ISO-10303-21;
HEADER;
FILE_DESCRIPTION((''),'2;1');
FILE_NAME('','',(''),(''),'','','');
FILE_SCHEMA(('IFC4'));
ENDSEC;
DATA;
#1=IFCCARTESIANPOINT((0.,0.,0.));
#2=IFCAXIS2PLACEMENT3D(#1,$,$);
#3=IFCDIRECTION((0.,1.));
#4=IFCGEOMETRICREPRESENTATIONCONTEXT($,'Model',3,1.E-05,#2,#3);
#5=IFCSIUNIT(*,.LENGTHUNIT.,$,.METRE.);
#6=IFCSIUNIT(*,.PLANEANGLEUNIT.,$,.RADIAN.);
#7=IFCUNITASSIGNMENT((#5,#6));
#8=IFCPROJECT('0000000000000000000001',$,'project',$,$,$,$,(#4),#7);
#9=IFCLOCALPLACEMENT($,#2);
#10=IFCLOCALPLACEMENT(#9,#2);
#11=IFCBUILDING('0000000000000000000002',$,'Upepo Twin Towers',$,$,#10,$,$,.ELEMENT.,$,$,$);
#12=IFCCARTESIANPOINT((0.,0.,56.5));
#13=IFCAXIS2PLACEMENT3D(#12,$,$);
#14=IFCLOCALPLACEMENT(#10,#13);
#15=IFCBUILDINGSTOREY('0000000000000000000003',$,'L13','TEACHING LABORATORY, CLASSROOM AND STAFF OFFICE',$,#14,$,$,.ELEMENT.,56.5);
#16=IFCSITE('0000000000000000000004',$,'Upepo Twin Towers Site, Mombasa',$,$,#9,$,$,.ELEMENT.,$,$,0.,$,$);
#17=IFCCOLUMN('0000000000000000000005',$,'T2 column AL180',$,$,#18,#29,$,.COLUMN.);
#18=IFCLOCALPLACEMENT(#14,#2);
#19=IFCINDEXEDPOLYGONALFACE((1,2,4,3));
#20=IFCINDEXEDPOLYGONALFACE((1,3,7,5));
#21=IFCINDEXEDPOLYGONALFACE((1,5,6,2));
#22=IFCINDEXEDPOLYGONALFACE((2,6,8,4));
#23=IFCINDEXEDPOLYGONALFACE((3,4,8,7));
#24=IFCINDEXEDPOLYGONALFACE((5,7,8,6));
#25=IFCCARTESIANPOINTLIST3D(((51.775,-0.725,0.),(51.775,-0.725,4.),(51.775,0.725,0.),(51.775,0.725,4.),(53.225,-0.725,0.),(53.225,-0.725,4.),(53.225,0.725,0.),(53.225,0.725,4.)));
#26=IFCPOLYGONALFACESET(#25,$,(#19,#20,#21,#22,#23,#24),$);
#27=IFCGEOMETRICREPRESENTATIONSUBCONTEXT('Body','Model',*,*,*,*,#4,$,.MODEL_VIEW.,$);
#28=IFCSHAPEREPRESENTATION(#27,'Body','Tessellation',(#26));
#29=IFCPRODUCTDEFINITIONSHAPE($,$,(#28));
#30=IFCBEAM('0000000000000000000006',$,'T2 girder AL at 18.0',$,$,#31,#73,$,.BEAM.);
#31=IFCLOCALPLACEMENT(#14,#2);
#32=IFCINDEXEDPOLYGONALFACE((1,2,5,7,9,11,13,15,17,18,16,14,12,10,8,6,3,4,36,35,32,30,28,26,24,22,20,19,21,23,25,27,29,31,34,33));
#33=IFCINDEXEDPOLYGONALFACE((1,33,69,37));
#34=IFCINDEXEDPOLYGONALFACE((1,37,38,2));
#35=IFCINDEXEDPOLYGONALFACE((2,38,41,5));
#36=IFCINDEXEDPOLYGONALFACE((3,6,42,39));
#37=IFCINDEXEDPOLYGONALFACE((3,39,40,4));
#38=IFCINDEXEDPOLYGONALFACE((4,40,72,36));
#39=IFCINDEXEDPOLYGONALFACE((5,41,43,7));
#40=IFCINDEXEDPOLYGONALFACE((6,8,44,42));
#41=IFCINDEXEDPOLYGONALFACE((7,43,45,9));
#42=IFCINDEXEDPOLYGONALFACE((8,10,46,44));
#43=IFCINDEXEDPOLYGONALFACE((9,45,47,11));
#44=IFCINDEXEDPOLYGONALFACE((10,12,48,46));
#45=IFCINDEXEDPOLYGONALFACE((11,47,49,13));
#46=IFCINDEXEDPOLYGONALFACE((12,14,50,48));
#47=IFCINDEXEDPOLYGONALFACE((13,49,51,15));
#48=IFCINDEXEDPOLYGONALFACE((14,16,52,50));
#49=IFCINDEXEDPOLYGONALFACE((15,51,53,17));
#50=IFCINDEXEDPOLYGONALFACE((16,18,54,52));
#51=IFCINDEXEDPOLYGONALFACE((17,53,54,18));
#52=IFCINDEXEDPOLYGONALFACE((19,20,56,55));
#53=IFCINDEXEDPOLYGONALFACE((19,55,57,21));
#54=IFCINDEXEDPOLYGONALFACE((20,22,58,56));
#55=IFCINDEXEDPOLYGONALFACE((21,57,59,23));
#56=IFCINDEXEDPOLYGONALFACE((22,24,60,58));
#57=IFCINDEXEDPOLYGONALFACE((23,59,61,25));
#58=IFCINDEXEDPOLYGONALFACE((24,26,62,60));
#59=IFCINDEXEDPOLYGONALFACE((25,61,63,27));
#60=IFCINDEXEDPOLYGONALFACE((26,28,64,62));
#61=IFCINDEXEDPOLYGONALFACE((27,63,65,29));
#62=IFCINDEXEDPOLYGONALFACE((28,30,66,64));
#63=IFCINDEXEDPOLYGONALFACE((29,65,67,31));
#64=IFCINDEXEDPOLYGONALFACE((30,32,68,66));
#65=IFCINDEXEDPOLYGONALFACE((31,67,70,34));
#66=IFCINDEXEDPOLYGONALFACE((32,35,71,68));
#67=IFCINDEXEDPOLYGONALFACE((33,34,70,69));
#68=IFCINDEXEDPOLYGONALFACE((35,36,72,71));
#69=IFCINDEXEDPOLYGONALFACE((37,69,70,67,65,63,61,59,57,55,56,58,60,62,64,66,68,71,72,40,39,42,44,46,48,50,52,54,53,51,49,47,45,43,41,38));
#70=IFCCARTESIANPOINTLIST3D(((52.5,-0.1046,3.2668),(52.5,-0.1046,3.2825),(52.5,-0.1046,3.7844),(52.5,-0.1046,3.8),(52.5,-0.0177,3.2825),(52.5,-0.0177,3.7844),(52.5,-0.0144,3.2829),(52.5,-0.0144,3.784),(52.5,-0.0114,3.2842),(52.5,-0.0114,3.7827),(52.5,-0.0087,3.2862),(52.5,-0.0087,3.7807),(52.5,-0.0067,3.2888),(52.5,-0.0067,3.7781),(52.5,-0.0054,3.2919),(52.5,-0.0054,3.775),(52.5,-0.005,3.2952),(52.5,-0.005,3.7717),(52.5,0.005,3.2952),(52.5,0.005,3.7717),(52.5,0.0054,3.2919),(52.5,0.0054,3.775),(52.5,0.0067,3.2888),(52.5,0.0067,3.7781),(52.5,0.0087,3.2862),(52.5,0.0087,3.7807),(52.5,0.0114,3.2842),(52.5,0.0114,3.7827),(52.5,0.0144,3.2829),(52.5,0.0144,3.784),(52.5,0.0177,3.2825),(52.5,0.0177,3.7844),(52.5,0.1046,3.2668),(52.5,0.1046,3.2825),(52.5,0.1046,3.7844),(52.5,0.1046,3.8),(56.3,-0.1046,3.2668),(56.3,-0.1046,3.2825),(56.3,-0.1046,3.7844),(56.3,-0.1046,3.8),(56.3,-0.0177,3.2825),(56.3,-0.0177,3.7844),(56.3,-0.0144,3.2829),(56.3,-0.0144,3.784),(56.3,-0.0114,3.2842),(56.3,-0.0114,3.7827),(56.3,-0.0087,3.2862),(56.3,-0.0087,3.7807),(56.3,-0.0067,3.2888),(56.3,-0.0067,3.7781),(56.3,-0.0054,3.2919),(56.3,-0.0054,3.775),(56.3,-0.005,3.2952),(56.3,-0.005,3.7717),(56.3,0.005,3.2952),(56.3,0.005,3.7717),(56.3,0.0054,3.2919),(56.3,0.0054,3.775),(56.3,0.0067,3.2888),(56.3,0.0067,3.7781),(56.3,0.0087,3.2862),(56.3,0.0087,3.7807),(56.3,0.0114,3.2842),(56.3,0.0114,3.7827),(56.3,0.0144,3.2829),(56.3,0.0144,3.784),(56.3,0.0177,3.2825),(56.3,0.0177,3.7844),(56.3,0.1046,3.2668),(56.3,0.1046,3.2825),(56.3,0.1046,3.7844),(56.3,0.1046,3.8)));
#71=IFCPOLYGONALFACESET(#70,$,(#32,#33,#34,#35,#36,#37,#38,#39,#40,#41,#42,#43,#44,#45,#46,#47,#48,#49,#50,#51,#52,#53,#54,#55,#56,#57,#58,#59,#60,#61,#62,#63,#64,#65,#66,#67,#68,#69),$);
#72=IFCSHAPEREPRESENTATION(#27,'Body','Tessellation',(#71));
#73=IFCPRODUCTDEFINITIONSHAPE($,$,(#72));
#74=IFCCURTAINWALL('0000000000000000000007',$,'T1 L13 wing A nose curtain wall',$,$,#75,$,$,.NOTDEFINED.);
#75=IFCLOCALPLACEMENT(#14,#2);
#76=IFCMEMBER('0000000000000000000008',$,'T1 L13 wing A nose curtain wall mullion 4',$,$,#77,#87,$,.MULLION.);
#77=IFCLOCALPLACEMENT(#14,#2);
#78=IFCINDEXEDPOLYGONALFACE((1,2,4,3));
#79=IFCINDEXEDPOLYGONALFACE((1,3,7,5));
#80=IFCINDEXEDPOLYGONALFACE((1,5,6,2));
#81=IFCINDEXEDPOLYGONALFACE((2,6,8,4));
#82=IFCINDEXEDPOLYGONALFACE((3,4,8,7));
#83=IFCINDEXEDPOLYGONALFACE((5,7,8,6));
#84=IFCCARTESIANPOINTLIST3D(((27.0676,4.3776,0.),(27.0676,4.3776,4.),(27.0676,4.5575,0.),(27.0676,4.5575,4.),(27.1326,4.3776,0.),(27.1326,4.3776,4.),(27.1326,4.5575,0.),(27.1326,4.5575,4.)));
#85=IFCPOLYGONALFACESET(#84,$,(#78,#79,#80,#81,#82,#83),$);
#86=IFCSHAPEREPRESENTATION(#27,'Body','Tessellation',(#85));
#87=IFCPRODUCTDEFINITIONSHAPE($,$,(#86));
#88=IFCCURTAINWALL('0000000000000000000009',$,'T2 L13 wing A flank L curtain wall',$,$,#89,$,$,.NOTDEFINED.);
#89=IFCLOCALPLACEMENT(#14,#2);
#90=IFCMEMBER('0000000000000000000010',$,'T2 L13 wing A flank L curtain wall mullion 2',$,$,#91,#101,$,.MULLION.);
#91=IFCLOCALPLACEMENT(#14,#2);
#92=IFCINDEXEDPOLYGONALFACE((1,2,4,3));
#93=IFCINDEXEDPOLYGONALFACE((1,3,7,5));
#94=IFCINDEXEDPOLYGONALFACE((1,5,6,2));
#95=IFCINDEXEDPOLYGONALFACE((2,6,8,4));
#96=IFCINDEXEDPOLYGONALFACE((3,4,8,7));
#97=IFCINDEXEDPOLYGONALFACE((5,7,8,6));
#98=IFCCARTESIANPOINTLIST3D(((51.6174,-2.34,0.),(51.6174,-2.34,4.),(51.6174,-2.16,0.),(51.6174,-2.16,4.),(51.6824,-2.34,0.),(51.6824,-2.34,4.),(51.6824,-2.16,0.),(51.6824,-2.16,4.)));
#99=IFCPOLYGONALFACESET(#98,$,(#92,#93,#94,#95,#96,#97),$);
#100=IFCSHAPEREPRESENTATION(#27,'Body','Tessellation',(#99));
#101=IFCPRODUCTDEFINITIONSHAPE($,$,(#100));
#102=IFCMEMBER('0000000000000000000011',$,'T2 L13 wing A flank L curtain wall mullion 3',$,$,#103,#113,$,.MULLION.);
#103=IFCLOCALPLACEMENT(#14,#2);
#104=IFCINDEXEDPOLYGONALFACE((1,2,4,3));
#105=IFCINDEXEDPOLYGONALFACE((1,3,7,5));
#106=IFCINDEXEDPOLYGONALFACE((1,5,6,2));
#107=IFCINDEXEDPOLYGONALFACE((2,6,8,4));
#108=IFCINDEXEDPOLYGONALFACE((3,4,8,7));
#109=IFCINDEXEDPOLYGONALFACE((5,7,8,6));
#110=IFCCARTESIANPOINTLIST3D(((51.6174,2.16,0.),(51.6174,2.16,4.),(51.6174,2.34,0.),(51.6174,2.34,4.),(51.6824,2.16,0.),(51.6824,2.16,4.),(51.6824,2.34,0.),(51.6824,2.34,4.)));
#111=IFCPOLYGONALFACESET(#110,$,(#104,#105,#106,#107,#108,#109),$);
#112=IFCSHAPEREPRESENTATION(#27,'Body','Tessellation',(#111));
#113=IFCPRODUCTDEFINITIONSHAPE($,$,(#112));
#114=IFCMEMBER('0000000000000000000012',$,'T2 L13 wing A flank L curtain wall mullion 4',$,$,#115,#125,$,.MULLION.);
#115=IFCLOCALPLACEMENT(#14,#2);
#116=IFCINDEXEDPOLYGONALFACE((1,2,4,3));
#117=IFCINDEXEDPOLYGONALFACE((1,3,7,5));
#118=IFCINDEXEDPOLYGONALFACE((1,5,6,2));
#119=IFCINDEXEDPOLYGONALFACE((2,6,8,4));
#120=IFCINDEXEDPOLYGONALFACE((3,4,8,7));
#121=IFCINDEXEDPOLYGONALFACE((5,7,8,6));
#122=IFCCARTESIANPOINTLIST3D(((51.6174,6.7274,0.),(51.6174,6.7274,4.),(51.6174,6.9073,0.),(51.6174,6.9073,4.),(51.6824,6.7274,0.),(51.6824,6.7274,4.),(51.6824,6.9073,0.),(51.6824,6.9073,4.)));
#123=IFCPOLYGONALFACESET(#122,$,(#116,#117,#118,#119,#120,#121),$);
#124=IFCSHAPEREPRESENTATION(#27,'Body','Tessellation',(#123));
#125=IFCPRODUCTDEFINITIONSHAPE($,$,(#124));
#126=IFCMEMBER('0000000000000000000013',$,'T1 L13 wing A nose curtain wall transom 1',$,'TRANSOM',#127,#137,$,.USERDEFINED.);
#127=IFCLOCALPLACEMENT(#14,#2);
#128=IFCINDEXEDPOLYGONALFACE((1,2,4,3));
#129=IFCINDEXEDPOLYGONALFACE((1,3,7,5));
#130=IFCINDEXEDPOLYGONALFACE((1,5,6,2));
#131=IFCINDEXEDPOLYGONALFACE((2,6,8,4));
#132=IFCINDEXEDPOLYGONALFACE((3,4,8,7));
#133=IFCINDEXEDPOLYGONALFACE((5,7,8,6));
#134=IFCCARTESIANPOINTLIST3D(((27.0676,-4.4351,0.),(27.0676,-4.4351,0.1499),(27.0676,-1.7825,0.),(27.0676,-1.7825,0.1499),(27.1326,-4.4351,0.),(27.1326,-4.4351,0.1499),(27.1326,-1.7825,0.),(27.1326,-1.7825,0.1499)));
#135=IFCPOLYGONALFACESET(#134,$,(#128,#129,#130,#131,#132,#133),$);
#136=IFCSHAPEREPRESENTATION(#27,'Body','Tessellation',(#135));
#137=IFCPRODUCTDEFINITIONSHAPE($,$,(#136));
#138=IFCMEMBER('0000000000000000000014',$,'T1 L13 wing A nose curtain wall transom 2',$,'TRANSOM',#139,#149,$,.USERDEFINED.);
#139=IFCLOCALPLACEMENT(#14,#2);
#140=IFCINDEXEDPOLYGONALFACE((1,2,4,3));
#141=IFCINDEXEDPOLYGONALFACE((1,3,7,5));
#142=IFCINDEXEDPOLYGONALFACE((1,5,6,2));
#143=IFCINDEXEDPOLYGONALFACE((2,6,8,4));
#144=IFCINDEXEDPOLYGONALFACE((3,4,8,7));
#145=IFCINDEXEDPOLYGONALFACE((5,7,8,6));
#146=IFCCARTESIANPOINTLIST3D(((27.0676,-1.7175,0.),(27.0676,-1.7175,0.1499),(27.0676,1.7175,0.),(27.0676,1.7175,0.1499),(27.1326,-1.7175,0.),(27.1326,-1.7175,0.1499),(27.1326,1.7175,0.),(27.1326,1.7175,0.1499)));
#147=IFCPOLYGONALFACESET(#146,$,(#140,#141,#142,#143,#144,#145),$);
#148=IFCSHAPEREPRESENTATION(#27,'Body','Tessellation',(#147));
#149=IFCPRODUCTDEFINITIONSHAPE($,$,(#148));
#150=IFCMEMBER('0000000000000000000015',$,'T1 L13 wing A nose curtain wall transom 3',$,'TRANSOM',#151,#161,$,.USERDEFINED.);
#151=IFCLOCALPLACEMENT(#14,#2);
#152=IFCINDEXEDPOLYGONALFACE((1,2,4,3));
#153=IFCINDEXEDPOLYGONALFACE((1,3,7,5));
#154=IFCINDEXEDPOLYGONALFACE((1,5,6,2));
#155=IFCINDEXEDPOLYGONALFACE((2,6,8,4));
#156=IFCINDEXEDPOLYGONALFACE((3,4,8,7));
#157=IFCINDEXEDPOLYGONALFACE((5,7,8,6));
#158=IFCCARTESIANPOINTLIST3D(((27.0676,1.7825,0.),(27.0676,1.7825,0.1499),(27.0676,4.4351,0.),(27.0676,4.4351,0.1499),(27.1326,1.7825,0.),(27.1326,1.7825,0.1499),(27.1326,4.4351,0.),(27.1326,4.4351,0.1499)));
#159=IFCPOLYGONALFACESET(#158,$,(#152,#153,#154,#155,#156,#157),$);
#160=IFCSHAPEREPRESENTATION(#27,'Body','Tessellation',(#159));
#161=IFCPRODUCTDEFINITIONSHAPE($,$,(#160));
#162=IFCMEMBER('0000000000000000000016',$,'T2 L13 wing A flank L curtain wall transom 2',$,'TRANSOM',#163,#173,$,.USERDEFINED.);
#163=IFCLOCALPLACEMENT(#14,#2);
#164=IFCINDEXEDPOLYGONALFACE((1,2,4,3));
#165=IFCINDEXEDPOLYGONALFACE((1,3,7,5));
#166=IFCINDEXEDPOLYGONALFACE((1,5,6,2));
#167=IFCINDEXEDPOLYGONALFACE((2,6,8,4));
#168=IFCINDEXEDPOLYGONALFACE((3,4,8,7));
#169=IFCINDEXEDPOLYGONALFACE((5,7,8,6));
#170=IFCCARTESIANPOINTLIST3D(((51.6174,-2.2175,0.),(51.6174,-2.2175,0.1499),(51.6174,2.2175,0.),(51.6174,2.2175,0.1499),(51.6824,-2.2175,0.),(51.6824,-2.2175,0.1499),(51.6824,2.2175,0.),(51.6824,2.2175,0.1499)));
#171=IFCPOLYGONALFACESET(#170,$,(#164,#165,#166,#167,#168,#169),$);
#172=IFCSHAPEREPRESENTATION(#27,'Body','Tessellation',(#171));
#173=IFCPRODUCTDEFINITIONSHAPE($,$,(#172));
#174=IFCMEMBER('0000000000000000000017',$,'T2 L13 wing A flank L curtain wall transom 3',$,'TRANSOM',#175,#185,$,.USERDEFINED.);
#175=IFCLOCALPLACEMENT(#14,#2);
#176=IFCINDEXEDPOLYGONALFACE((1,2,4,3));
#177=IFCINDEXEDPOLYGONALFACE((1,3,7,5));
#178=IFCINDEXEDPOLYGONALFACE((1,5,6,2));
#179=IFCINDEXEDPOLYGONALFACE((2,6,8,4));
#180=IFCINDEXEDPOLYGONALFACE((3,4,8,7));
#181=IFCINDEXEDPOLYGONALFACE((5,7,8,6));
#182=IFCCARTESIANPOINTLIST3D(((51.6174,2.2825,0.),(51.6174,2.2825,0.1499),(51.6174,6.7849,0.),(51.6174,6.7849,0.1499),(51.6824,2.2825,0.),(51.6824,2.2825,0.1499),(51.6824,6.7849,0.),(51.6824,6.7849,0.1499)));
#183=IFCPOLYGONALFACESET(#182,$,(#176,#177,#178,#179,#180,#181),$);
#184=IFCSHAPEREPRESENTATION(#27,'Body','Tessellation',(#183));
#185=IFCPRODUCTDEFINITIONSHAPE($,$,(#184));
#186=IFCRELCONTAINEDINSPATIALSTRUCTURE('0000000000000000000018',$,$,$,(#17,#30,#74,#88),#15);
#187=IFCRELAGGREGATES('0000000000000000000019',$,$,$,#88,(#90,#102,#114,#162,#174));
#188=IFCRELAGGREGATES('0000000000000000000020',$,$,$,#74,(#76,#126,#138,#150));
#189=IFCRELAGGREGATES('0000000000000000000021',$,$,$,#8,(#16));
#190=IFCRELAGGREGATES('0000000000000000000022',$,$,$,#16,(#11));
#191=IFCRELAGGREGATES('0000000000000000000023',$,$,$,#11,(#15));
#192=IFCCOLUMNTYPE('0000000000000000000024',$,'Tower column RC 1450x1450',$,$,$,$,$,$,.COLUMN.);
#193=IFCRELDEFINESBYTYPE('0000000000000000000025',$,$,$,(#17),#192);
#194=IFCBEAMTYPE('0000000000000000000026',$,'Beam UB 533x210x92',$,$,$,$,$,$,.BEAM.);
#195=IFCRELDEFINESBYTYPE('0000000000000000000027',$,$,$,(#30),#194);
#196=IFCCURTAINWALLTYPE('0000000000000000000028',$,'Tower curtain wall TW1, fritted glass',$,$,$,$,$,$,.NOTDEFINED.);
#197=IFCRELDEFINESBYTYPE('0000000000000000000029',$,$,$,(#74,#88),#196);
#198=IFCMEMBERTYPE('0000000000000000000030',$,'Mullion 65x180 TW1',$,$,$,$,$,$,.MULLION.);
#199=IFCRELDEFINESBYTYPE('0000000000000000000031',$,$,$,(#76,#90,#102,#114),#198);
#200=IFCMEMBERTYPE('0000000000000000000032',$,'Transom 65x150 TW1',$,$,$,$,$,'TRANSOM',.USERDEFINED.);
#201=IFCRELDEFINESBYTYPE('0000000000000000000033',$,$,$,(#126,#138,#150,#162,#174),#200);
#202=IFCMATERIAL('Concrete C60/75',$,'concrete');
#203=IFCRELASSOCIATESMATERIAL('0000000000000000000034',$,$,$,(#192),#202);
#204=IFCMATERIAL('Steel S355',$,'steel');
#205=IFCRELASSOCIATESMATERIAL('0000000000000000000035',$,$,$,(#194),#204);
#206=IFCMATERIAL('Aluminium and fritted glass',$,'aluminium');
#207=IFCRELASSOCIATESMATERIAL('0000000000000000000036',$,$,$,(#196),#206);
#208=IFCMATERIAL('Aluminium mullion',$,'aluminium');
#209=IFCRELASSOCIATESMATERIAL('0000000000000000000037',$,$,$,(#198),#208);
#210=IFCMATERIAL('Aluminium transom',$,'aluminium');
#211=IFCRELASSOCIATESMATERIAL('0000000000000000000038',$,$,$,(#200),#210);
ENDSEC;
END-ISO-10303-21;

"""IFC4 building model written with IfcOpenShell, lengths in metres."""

from ifc_helpers import new_model, si_unit, direction, frame, origin, origin_2d, place, context, subcontext, project, spatial, rectangle, i_section, extrude, material, material_profile, profile_set, type_object, element, aggregate, save


model = new_model("IFC4")

# Units and contexts
model_context = context("Model", 3, precision=1e-05, world=origin(), true_north=direction((0.0, 1.0)))
body_context = subcontext(model_context, "Body", "Model", "MODEL_VIEW")
ifc_project = project(units=[si_unit("LENGTHUNIT", "METRE"), si_unit("PLANEANGLEUNIT", "RADIAN")], contexts=[model_context])

# Site, building, storey
site_placement = place(None, origin())
site = spatial("IfcSite", under=ifc_project, at=site_placement, Name="Upepo Twin Towers Site, Mombasa", CompositionType="ELEMENT", RefElevation=0.0)
building_placement = place(site_placement, origin())
building = spatial("IfcBuilding", under=site, at=building_placement, Name="Upepo Twin Towers", CompositionType="ELEMENT")
storey_placement = place(building_placement, frame((0.0, 0.0, 56.5)))
storey = spatial("IfcBuildingStorey", under=building, at=storey_placement, Name="L13", Description="TEACHING LABORATORY, CLASSROOM AND STAFF OFFICE", CompositionType="ELEMENT", Elevation=56.5)

# Column
ifc_material_1 = material(Name="Concrete C60/75", Category="concrete")
ifc_material_profile_1 = material_profile(ifc_material_1, rectangle(XDim=1.45, YDim=1.45, at=origin_2d()), Name="RC 1450x1450")
ifc_profile_set_1 = profile_set([ifc_material_profile_1], Name="Concrete C60/75")
column_type = type_object("IfcColumnType", Name="Tower column RC 1450x1450", PredefinedType="COLUMN", material=ifc_profile_set_1)
column_placement = place(storey_placement, frame((52.5, 0.0, 0.0), z_axis=(0.0, 0.0, 1.0), x_axis=(1.0, 0.0, 0.0)))
element("IfcColumn", 1, at=column_placement, inside=storey, type_object=column_type, Name="T2 column AL180", PredefinedType="COLUMN", context=body_context, shape_type="SweptSolid", body=[
    extrude(rectangle(XDim=1.45, YDim=1.45, at=origin_2d()), origin(), (0.0, 0.0, 1.0), 4.0),
])

# Beam
ifc_material_2 = material(Name="Steel S355", Category="steel")
ifc_material_profile_2 = material_profile(ifc_material_2, i_section(OverallWidth=0.2092, OverallDepth=0.5332, WebThickness=0.01, FlangeThickness=0.0156, FilletRadius=0.0127, at=origin_2d()), Name="UB 533x210x92")
ifc_profile_set_2 = profile_set([ifc_material_profile_2], Name="Steel S355")
beam_type = type_object("IfcBeamType", Name="Beam UB 533x210x92", PredefinedType="BEAM", material=ifc_profile_set_2)
beam_placement = place(storey_placement, frame((52.5, 0.0, 3.5334), z_axis=(1.0, 0.0, 0.0), x_axis=(0.0, 1.0, 0.0)))
element("IfcBeam", 2, at=beam_placement, inside=storey, type_object=beam_type, Name="T2 girder AL at 18.0", PredefinedType="BEAM", context=body_context, shape_type="SweptSolid", body=[
    extrude(i_section(OverallWidth=0.2092, OverallDepth=0.5332, WebThickness=0.01, FlangeThickness=0.0156, FilletRadius=0.0127, at=origin_2d()), origin(), (0.0, 0.0, 1.0), 3.8),
])

# Curtain wall, member
ifc_material_3 = material(Name="Aluminium and fritted glass", Category="aluminium")
curtain_wall_type = type_object("IfcCurtainWallType", Name="Tower curtain wall TW1, fritted glass", PredefinedType="NOTDEFINED", material=ifc_material_3)
curtain_wall_1_placement = place(storey_placement, origin())
curtain_wall_1 = element("IfcCurtainWall", 3, at=curtain_wall_1_placement, inside=storey, type_object=curtain_wall_type, Name="T1 L13 wing A nose curtain wall", PredefinedType="NOTDEFINED")
ifc_material_4 = material(Name="Aluminium mullion", Category="aluminium")
ifc_material_profile_3 = material_profile(ifc_material_4, rectangle(XDim=0.0649, YDim=0.1799, at=origin_2d()), Name="MULLION 65x180")
ifc_profile_set_3 = profile_set([ifc_material_profile_3], Name="Aluminium mullion")
member_type_1 = type_object("IfcMemberType", Name="Mullion 65x180 TW1", PredefinedType="MULLION", material=ifc_profile_set_3)
member_1_placement = place(storey_placement, frame((27.1001, 4.4675, 0.0), z_axis=(0.0, 0.0, 1.0), x_axis=(-1.0, 0.0, 0.0)))
member_1 = element("IfcMember", 4, at=member_1_placement, type_object=member_type_1, Name="T1 L13 wing A nose curtain wall mullion 4", PredefinedType="MULLION", context=body_context, shape_type="SweptSolid", body=[
    extrude(rectangle(XDim=0.0649, YDim=0.1799, at=origin_2d()), origin(), (0.0, 0.0, 1.0), 4.0),
])

# Curtain wall, members
curtain_wall_2_placement = place(storey_placement, origin())
curtain_wall_2 = element("IfcCurtainWall", 5, at=curtain_wall_2_placement, inside=storey, type_object=curtain_wall_type, Name="T2 L13 wing A flank L curtain wall", PredefinedType="NOTDEFINED")
member_2_placement = place(storey_placement, frame((51.6499, -2.25, 0.0), z_axis=(0.0, 0.0, 1.0), x_axis=(-1.0, 0.0, 0.0)))
member_2 = element("IfcMember", 6, at=member_2_placement, type_object=member_type_1, Name="T2 L13 wing A flank L curtain wall mullion 2", PredefinedType="MULLION", context=body_context, shape_type="SweptSolid", body=[
    extrude(rectangle(XDim=0.0649, YDim=0.1799, at=origin_2d()), origin(), (0.0, 0.0, 1.0), 4.0),
])
member_3_placement = place(storey_placement, frame((51.6499, 2.25, 0.0), z_axis=(0.0, 0.0, 1.0), x_axis=(-1.0, 0.0, 0.0)))
member_3 = element("IfcMember", 7, at=member_3_placement, type_object=member_type_1, Name="T2 L13 wing A flank L curtain wall mullion 3", PredefinedType="MULLION", context=body_context, shape_type="SweptSolid", body=[
    extrude(rectangle(XDim=0.0649, YDim=0.1799, at=origin_2d()), origin(), (0.0, 0.0, 1.0), 4.0),
])
member_4_placement = place(storey_placement, frame((51.6499, 6.8174, 0.0), z_axis=(0.0, 0.0, 1.0), x_axis=(-1.0, 0.0, 0.0)))
member_4 = element("IfcMember", 8, at=member_4_placement, type_object=member_type_1, Name="T2 L13 wing A flank L curtain wall mullion 4", PredefinedType="MULLION", context=body_context, shape_type="SweptSolid", body=[
    extrude(rectangle(XDim=0.0649, YDim=0.1799, at=origin_2d()), origin(), (0.0, 0.0, 1.0), 4.0),
])

# Members
ifc_material_5 = material(Name="Aluminium transom", Category="aluminium")
ifc_material_profile_4 = material_profile(ifc_material_5, rectangle(XDim=0.0649, YDim=0.1499, at=origin_2d()), Name="TRANSOM 65x150")
ifc_profile_set_4 = profile_set([ifc_material_profile_4], Name="Aluminium transom")
member_type_2 = type_object("IfcMemberType", Name="Transom 65x150 TW1", ElementType="TRANSOM", PredefinedType="USERDEFINED", material=ifc_profile_set_4)
member_5_placement = place(storey_placement, frame((27.1001, -4.4351, 0.075), z_axis=(0.0, 1.0, 0.0), x_axis=(-1.0, 0.0, 0.0)))
member_5 = element("IfcMember", 9, at=member_5_placement, type_object=member_type_2, Name="T1 L13 wing A nose curtain wall transom 1", ObjectType="TRANSOM", PredefinedType="USERDEFINED", context=body_context, shape_type="SweptSolid", body=[
    extrude(rectangle(XDim=0.0649, YDim=0.1499, at=origin_2d()), origin(), (0.0, 0.0, 1.0), 2.6526),
])
member_6_placement = place(storey_placement, frame((27.1001, -1.7175, 0.075), z_axis=(0.0, 1.0, 0.0), x_axis=(-1.0, 0.0, 0.0)))
member_6 = element("IfcMember", 10, at=member_6_placement, type_object=member_type_2, Name="T1 L13 wing A nose curtain wall transom 2", ObjectType="TRANSOM", PredefinedType="USERDEFINED", context=body_context, shape_type="SweptSolid", body=[
    extrude(rectangle(XDim=0.0649, YDim=0.1499, at=origin_2d()), origin(), (0.0, 0.0, 1.0), 3.4351),
])
member_7_placement = place(storey_placement, frame((27.1001, 1.7825, 0.075), z_axis=(0.0, 1.0, 0.0), x_axis=(-1.0, 0.0, 0.0)))
member_7 = element("IfcMember", 11, at=member_7_placement, type_object=member_type_2, Name="T1 L13 wing A nose curtain wall transom 3", ObjectType="TRANSOM", PredefinedType="USERDEFINED", context=body_context, shape_type="SweptSolid", body=[
    extrude(rectangle(XDim=0.0649, YDim=0.1499, at=origin_2d()), origin(), (0.0, 0.0, 1.0), 2.6526),
])
member_8_placement = place(storey_placement, frame((51.6499, -2.2175, 0.075), z_axis=(0.0, 1.0, 0.0), x_axis=(-1.0, 0.0, 0.0)))
member_8 = element("IfcMember", 12, at=member_8_placement, type_object=member_type_2, Name="T2 L13 wing A flank L curtain wall transom 2", ObjectType="TRANSOM", PredefinedType="USERDEFINED", context=body_context, shape_type="SweptSolid", body=[
    extrude(rectangle(XDim=0.0649, YDim=0.1499, at=origin_2d()), origin(), (0.0, 0.0, 1.0), 4.4351),
])
member_9_placement = place(storey_placement, frame((51.6499, 2.2825, 0.075), z_axis=(0.0, 1.0, 0.0), x_axis=(-1.0, 0.0, 0.0)))
member_9 = element("IfcMember", 13, at=member_9_placement, type_object=member_type_2, Name="T2 L13 wing A flank L curtain wall transom 3", ObjectType="TRANSOM", PredefinedType="USERDEFINED", context=body_context, shape_type="SweptSolid", body=[
    extrude(rectangle(XDim=0.0649, YDim=0.1499, at=origin_2d()), origin(), (0.0, 0.0, 1.0), 4.5024),
])

aggregate(curtain_wall_2, [member_2, member_3, member_4, member_8, member_9])
aggregate(curtain_wall_1, [member_1, member_5, member_6, member_7])

save(model, "model.ifc")
